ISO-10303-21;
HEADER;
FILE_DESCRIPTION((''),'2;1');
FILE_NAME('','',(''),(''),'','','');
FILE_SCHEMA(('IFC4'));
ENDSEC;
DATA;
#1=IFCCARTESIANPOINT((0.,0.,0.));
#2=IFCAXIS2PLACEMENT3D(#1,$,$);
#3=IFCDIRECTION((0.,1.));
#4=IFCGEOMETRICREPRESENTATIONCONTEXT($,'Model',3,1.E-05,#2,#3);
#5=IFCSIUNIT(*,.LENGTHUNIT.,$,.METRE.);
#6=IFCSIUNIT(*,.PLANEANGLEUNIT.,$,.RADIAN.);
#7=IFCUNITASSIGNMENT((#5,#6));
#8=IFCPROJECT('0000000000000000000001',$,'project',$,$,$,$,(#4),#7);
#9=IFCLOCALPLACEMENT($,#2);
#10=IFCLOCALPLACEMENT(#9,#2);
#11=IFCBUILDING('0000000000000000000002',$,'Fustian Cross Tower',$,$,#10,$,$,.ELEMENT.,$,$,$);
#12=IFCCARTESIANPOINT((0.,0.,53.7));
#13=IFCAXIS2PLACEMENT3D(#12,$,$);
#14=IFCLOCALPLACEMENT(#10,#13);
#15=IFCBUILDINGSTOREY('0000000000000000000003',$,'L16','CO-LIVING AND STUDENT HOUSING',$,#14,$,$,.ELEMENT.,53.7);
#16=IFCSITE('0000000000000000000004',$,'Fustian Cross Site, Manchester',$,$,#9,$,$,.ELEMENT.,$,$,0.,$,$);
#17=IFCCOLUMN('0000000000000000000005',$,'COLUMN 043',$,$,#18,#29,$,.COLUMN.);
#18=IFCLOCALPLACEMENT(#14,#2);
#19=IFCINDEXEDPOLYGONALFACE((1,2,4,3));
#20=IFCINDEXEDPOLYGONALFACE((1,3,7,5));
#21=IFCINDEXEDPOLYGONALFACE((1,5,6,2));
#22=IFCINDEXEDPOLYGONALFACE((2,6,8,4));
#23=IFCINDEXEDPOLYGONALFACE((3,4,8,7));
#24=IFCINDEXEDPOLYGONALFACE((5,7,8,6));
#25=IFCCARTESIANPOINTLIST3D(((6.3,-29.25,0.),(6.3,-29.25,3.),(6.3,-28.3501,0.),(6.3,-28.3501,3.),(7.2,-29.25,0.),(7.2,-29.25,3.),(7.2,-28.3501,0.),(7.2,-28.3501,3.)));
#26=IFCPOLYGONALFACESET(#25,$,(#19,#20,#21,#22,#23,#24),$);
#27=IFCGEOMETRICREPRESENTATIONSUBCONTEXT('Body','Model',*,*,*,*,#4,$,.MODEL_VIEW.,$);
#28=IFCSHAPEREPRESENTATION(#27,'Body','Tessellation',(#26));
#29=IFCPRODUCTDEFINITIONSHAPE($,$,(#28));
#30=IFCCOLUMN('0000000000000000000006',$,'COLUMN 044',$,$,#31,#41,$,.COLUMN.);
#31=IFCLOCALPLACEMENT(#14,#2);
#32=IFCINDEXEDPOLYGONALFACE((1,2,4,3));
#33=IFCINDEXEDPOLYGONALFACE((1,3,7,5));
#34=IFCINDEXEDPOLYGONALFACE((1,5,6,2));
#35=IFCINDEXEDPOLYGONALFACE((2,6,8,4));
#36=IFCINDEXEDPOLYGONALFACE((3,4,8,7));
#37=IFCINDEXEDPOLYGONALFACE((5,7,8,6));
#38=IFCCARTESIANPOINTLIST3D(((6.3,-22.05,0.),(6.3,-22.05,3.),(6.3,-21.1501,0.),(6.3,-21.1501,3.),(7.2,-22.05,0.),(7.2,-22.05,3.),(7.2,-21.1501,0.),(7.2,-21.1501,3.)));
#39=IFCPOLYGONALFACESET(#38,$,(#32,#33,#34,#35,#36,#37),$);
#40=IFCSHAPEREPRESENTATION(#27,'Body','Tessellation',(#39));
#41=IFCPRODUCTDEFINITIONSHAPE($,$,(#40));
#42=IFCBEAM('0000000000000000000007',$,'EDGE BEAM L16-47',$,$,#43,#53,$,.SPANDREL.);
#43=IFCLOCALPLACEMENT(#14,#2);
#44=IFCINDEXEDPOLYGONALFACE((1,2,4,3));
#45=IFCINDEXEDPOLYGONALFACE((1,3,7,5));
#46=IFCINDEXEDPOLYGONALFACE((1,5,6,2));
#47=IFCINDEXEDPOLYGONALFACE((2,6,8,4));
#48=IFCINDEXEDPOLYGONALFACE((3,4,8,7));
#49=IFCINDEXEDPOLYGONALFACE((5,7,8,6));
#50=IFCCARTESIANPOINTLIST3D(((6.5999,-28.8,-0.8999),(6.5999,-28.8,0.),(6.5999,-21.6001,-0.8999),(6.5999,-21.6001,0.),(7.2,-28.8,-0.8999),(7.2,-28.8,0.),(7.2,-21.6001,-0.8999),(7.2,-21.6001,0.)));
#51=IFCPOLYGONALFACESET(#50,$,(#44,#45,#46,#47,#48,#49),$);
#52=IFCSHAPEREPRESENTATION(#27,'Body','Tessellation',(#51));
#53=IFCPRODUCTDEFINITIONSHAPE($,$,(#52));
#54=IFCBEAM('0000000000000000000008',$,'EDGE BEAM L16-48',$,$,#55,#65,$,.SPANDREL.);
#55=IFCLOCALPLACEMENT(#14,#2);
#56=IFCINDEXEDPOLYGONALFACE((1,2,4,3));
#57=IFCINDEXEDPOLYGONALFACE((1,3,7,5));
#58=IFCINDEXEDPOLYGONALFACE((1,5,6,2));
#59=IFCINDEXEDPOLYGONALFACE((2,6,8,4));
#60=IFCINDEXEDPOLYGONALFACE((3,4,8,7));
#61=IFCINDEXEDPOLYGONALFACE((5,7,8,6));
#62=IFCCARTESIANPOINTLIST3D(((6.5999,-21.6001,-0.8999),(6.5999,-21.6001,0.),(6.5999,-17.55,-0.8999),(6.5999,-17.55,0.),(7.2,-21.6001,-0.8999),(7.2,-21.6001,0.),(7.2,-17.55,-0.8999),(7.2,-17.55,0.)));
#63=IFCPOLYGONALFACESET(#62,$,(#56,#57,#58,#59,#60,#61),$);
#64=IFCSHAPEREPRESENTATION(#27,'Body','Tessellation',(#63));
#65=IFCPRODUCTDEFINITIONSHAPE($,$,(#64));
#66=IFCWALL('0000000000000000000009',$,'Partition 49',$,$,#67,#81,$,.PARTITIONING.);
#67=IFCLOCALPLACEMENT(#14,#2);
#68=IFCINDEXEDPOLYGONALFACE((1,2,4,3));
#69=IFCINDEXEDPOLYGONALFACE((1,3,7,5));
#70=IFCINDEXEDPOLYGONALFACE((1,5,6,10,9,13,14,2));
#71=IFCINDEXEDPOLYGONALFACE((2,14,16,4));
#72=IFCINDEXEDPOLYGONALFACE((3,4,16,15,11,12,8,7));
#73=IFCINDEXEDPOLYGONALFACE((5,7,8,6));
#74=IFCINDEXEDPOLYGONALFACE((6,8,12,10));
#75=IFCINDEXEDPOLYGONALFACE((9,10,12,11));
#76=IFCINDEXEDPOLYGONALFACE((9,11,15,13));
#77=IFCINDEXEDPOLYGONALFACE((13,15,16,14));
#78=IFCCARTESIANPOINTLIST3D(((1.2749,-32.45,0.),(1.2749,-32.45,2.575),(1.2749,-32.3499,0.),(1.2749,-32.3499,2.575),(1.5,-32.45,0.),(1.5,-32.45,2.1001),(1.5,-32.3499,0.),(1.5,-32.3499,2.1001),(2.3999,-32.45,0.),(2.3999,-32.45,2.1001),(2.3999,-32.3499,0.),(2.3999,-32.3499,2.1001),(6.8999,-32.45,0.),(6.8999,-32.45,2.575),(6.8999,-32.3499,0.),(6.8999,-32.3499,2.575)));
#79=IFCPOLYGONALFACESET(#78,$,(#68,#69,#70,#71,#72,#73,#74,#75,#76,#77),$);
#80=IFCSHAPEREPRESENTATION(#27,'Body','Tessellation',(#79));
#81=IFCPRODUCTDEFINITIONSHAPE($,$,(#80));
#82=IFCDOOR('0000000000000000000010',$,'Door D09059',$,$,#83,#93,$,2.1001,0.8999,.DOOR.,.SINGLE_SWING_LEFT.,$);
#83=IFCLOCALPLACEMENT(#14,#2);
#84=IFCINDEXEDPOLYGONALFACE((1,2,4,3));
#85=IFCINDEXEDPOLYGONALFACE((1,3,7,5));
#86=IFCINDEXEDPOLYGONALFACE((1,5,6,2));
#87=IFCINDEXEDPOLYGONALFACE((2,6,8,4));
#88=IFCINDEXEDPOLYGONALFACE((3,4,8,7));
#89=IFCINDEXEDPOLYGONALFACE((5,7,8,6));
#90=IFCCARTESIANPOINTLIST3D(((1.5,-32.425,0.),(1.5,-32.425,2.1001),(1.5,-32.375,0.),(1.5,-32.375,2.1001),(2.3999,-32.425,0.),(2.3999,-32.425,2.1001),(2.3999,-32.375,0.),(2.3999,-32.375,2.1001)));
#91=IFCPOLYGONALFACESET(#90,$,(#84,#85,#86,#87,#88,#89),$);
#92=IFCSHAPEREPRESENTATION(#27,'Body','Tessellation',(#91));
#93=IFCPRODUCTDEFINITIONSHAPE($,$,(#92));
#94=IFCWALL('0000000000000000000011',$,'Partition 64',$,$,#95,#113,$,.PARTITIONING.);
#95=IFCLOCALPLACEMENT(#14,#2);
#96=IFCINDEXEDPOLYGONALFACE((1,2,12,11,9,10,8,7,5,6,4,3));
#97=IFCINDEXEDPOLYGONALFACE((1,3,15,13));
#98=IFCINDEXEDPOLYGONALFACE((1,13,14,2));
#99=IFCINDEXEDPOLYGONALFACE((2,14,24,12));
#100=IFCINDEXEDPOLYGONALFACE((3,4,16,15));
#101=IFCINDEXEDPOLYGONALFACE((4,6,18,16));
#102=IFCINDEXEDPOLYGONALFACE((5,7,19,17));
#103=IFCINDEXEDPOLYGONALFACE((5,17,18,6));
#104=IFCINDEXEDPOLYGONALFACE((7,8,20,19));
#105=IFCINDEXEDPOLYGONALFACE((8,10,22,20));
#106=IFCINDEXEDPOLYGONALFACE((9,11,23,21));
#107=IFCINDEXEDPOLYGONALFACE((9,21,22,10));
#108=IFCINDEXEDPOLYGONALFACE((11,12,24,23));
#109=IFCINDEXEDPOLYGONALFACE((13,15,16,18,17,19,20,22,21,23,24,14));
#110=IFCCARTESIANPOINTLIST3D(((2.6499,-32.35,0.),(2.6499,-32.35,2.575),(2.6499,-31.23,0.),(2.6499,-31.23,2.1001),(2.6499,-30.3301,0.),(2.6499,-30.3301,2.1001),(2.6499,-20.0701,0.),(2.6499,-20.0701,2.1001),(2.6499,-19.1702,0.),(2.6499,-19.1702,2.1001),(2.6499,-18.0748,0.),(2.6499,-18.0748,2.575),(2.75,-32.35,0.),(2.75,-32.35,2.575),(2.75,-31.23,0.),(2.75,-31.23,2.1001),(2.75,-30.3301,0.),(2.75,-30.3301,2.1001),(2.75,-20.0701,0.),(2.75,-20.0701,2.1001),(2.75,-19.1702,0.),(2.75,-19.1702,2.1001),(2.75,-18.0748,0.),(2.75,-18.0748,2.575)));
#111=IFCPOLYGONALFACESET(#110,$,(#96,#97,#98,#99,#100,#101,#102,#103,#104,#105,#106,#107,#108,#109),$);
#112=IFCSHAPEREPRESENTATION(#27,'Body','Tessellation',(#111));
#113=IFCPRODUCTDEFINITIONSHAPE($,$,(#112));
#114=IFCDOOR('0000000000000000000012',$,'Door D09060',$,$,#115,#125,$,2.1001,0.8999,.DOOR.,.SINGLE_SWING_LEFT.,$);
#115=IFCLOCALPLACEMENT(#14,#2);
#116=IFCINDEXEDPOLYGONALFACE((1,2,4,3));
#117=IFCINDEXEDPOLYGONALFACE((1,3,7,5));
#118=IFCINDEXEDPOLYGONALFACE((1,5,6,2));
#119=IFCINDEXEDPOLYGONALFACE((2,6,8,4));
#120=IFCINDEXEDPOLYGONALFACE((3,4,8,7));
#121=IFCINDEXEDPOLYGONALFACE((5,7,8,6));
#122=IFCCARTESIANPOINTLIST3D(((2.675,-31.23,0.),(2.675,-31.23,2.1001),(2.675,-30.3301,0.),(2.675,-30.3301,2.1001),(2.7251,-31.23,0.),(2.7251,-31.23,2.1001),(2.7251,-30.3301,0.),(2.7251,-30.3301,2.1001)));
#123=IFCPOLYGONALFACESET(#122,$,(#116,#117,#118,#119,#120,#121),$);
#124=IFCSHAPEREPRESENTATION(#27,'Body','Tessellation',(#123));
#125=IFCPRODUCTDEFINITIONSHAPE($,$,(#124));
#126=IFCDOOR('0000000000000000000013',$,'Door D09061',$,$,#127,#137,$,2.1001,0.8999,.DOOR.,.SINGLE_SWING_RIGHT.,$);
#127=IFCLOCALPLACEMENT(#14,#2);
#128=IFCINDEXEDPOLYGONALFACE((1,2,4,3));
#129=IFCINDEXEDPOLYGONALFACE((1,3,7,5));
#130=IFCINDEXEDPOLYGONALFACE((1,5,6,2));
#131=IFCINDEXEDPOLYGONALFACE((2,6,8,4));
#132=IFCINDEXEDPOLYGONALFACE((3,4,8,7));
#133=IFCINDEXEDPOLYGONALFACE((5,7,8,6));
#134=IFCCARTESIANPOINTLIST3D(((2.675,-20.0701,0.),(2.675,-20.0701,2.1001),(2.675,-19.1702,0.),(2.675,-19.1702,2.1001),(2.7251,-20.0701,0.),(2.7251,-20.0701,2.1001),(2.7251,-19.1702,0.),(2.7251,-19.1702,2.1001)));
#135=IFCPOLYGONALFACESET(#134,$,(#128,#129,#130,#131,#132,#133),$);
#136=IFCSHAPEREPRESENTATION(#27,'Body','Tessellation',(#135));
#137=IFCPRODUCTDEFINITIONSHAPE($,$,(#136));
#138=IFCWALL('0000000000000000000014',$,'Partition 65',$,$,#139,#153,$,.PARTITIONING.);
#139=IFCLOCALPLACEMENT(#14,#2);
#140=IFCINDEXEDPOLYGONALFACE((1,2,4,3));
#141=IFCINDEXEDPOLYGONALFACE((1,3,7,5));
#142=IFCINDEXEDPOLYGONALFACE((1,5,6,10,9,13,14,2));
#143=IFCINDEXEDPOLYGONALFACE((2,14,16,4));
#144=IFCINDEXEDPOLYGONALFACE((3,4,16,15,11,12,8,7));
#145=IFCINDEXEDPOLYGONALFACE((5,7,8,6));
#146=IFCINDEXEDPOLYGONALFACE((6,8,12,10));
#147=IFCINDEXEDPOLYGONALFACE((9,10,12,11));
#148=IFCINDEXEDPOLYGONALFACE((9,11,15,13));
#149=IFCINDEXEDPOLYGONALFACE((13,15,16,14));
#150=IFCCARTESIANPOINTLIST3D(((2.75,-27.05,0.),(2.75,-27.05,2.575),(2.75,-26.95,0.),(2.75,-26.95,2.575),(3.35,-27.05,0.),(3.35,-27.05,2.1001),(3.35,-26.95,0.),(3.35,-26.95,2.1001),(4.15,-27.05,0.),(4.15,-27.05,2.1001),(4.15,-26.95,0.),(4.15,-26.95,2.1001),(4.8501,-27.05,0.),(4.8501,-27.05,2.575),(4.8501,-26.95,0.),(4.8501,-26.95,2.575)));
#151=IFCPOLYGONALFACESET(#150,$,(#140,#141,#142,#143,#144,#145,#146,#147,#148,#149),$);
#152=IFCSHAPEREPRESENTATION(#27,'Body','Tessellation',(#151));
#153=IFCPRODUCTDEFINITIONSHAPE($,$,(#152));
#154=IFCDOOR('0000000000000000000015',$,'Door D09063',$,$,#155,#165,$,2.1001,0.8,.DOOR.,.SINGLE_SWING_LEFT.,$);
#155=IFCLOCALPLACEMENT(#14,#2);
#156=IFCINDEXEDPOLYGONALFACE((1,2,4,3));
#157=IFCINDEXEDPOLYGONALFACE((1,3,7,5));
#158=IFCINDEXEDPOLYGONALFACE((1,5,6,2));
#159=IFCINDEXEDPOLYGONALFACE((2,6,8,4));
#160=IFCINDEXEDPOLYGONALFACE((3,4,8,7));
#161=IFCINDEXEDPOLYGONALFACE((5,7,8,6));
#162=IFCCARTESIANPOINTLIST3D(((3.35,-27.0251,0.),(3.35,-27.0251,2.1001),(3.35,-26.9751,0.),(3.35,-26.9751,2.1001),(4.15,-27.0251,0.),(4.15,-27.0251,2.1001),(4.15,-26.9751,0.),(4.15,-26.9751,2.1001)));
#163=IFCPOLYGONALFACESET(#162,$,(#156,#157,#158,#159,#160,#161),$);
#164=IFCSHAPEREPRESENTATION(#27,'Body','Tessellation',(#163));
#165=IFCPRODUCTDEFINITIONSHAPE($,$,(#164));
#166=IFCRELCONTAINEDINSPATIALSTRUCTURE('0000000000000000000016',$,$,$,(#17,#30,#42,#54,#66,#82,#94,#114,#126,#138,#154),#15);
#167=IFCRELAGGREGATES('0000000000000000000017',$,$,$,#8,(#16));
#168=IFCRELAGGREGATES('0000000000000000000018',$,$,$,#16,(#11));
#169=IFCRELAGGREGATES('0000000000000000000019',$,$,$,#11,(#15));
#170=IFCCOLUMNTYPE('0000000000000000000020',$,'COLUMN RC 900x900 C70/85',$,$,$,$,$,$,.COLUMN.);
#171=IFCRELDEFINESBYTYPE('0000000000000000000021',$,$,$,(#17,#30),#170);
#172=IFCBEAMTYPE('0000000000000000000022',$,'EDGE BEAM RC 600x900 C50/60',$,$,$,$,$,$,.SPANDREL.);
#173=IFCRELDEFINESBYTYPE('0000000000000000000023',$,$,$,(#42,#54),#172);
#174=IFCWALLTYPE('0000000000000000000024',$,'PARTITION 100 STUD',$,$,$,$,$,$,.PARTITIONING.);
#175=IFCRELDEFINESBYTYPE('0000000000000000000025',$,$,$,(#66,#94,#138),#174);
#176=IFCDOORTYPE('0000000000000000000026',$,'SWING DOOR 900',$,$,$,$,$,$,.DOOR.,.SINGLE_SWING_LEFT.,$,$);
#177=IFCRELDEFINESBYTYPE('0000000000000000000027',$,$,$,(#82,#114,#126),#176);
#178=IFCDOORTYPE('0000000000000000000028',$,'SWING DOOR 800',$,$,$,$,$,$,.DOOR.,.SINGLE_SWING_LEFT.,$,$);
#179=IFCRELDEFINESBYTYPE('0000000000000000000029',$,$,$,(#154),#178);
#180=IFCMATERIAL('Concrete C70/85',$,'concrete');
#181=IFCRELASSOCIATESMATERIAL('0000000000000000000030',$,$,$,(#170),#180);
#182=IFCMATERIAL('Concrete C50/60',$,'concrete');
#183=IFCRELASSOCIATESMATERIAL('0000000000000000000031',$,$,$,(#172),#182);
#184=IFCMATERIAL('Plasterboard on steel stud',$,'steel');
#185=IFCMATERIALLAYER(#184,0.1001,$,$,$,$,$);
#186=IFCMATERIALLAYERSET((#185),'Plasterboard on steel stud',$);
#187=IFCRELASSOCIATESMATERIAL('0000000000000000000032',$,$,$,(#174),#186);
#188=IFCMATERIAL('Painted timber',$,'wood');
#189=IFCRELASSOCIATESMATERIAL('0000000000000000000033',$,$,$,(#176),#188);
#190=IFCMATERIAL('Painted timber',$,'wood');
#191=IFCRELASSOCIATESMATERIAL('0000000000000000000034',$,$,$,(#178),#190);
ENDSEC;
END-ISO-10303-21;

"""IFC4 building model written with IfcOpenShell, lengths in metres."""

from ifc_helpers import new_model, si_unit, direction, frame, frame_2d, origin, origin_2d, place, context, subcontext, project, spatial, rectangle, extrude, material, layer, layer_set, material_profile, profile_set, type_object, element, fill, save


model = new_model("IFC4")

# Units and contexts
model_context = context("Model", 3, precision=1e-05, world=origin(), true_north=direction((0.0, 1.0)))
body_context = subcontext(model_context, "Body", "Model", "MODEL_VIEW")
ifc_project = project(units=[si_unit("LENGTHUNIT", "METRE"), si_unit("PLANEANGLEUNIT", "RADIAN")], contexts=[model_context])

# Site, building, storey
site_placement = place(None, origin())
site = spatial("IfcSite", under=ifc_project, at=site_placement, Name="Fustian Cross Site, Manchester", CompositionType="ELEMENT", RefElevation=0.0)
building_placement = place(site_placement, origin())
building = spatial("IfcBuilding", under=site, at=building_placement, Name="Fustian Cross Tower", CompositionType="ELEMENT")
storey_placement = place(building_placement, frame((0.0, 0.0, 53.7)))
storey = spatial("IfcBuildingStorey", under=building, at=storey_placement, Name="L16", Description="CO-LIVING AND STUDENT HOUSING", CompositionType="ELEMENT", Elevation=53.7)

# Columns
ifc_material_1 = material(Name="Concrete C70/85", Category="concrete")
ifc_material_profile_1 = material_profile(ifc_material_1, rectangle(XDim=0.8999, YDim=0.8999, at=origin_2d()), Name="RC 900x900")
ifc_profile_set_1 = profile_set([ifc_material_profile_1], Name="Concrete C70/85")
column_type = type_object("IfcColumnType", Name="COLUMN RC 900x900 C70/85", PredefinedType="COLUMN", material=ifc_profile_set_1)
for number, where, z_axis, x_axis, name in (
    (1, (6.75, -28.8, 0.0), (0.0, 0.0, 1.0), (1.0, 0.0, 0.0), "COLUMN 043"),
    (2, (6.75, -21.6001, 0.0), (0.0, 0.0, 1.0), (1.0, 0.0, 0.0), "COLUMN 044"),
):
    element("IfcColumn", number, at=place(storey_placement, frame(where, z_axis=z_axis, x_axis=x_axis)), inside=storey, type_object=column_type, Name=name, PredefinedType="COLUMN", context=body_context, shape_type="SweptSolid", body=[
        extrude(rectangle(XDim=0.8999, YDim=0.8999, at=origin_2d()), origin(), (0.0, 0.0, 1.0), 3.0),
    ])

# Beams
ifc_material_2 = material(Name="Concrete C50/60", Category="concrete")
ifc_material_profile_2 = material_profile(ifc_material_2, rectangle(XDim=0.6001, YDim=0.8999, at=origin_2d()), Name="RC 600x900")
ifc_profile_set_2 = profile_set([ifc_material_profile_2], Name="Concrete C50/60")
beam_type = type_object("IfcBeamType", Name="EDGE BEAM RC 600x900 C50/60", PredefinedType="SPANDREL", material=ifc_profile_set_2)
beam_1_placement = place(storey_placement, frame((6.8999, -28.8, -0.45), z_axis=(0.0, 1.0, 0.0), x_axis=(-1.0, 0.0, 0.0)))
element("IfcBeam", 3, at=beam_1_placement, inside=storey, type_object=beam_type, Name="EDGE BEAM L16-47", PredefinedType="SPANDREL", context=body_context, shape_type="SweptSolid", body=[
    extrude(rectangle(XDim=0.6001, YDim=0.8999, at=origin_2d()), origin(), (0.0, 0.0, 1.0), 7.2),
])
beam_2_placement = place(storey_placement, frame((6.8999, -21.6001, -0.45), z_axis=(0.0, 1.0, 0.0), x_axis=(-1.0, 0.0, 0.0)))
element("IfcBeam", 4, at=beam_2_placement, inside=storey, type_object=beam_type, Name="EDGE BEAM L16-48", PredefinedType="SPANDREL", context=body_context, shape_type="SweptSolid", body=[
    extrude(rectangle(XDim=0.6001, YDim=0.8999, at=origin_2d()), origin(), (0.0, 0.0, 1.0), 4.05),
])

# Wall, opening, door
ifc_material_3 = material(Name="Plasterboard on steel stud", Category="steel")
ifc_layer = layer(ifc_material_3, 0.1001)
ifc_layer_set = layer_set([ifc_layer], Name="Plasterboard on steel stud")
wall_type = type_object("IfcWallType", Name="PARTITION 100 STUD", PredefinedType="PARTITIONING", material=ifc_layer_set)
wall_1_placement = place(storey_placement, frame((1.2749, -32.3999, 0.0), z_axis=(0.0, 0.0, 1.0), x_axis=(1.0, 0.0, 0.0)))
wall_1 = element("IfcWall", 5, at=wall_1_placement, inside=storey, type_object=wall_type, Name="Partition 49", PredefinedType="PARTITIONING", context=body_context, shape_type="SweptSolid", body=[
    extrude(rectangle(XDim=5.625, YDim=0.1001, at=frame_2d((2.8125, 0.0))), origin(), (0.0, 0.0, 1.0), 2.575),
])
opening_1_placement = place(wall_1_placement, frame((0.2251, 0.0, 0.0)))
opening_1 = element("IfcOpeningElement", 6, at=opening_1_placement, cuts=wall_1, PredefinedType="OPENING", context=body_context, shape_type="SweptSolid", body=[
    extrude(rectangle(XDim=0.8999, YDim=2.1001, at=frame_2d((0.45, 1.05))), frame((0.0, 0.0601, 0.0), z_axis=(0.0, -1.0, 0.0), x_axis=(1.0, 0.0, 0.0)), (0.0, 0.0, 1.0), 0.1201),
])
ifc_material_4 = material(Name="Painted timber", Category="wood")
door_type_1 = type_object("IfcDoorType", Name="SWING DOOR 900", OperationType="SINGLE_SWING_LEFT", PredefinedType="DOOR", material=ifc_material_4)
door_1_placement = place(opening_1_placement, origin())
door_1 = element("IfcDoor", 7, at=door_1_placement, inside=storey, type_object=door_type_1, Name="Door D09059", OperationType="SINGLE_SWING_LEFT", OverallHeight=2.1001, OverallWidth=0.8999, PredefinedType="DOOR", context=body_context, shape_type="SweptSolid", body=[
    extrude(rectangle(XDim=0.8999, YDim=2.1001, at=frame_2d((0.45, 1.05))), frame((0.0, 0.0249, 0.0), z_axis=(0.0, -1.0, 0.0), x_axis=(1.0, 0.0, 0.0)), (0.0, 0.0, 1.0), 0.05),
])
fill(opening_1, door_1)

# Wall, openings, doors
wall_2_placement = place(storey_placement, frame((2.7, -32.3501, 0.0), z_axis=(0.0, 0.0, 1.0), x_axis=(0.0, 1.0, 0.0)))
wall_2 = element("IfcWall", 8, at=wall_2_placement, inside=storey, type_object=wall_type, Name="Partition 64", PredefinedType="PARTITIONING", context=body_context, shape_type="SweptSolid", body=[
    extrude(rectangle(XDim=14.2751, YDim=0.1001, at=frame_2d((7.1377, 0.0))), origin(), (0.0, 0.0, 1.0), 2.575),
])
opening_2_placement = place(wall_2_placement, frame((1.1201, 0.0, 0.0)))
opening_2 = element("IfcOpeningElement", 9, at=opening_2_placement, cuts=wall_2, PredefinedType="OPENING", context=body_context, shape_type="SweptSolid", body=[
    extrude(rectangle(XDim=0.8999, YDim=2.1001, at=frame_2d((0.45, 1.05))), frame((0.0, 0.0601, 0.0), z_axis=(0.0, -1.0, 0.0), x_axis=(1.0, 0.0, 0.0)), (0.0, 0.0, 1.0), 0.1201),
])
opening_3_placement = place(wall_2_placement, frame((12.28, 0.0, 0.0)))
opening_3 = element("IfcOpeningElement", 10, at=opening_3_placement, cuts=wall_2, PredefinedType="OPENING", context=body_context, shape_type="SweptSolid", body=[
    extrude(rectangle(XDim=0.8999, YDim=2.1001, at=frame_2d((0.45, 1.05))), frame((0.0, 0.0601, 0.0), z_axis=(0.0, -1.0, 0.0), x_axis=(1.0, 0.0, 0.0)), (0.0, 0.0, 1.0), 0.1201),
])
door_2_placement = place(opening_2_placement, origin())
door_2 = element("IfcDoor", 11, at=door_2_placement, inside=storey, type_object=door_type_1, Name="Door D09060", OperationType="SINGLE_SWING_LEFT", OverallHeight=2.1001, OverallWidth=0.8999, PredefinedType="DOOR", context=body_context, shape_type="SweptSolid", body=[
    extrude(rectangle(XDim=0.8999, YDim=2.1001, at=frame_2d((0.45, 1.05))), frame((0.0, 0.0249, 0.0), z_axis=(0.0, -1.0, 0.0), x_axis=(1.0, 0.0, 0.0)), (0.0, 0.0, 1.0), 0.05),
])
fill(opening_2, door_2)
door_3_placement = place(opening_3_placement, origin())
door_3 = element("IfcDoor", 12, at=door_3_placement, inside=storey, type_object=door_type_1, Name="Door D09061", OperationType="SINGLE_SWING_RIGHT", OverallHeight=2.1001, OverallWidth=0.8999, PredefinedType="DOOR", context=body_context, shape_type="SweptSolid", body=[
    extrude(rectangle(XDim=0.8999, YDim=2.1001, at=frame_2d((0.45, 1.05))), frame((0.0, 0.0249, 0.0), z_axis=(0.0, -1.0, 0.0), x_axis=(1.0, 0.0, 0.0)), (0.0, 0.0, 1.0), 0.05),
])
fill(opening_3, door_3)

# Wall, opening, door
wall_3_placement = place(storey_placement, frame((2.75, -27.0, 0.0), z_axis=(0.0, 0.0, 1.0), x_axis=(1.0, 0.0, 0.0)))
wall_3 = element("IfcWall", 13, at=wall_3_placement, inside=storey, type_object=wall_type, Name="Partition 65", PredefinedType="PARTITIONING", context=body_context, shape_type="SweptSolid", body=[
    extrude(rectangle(XDim=2.1001, YDim=0.1001, at=frame_2d((1.05, 0.0))), origin(), (0.0, 0.0, 1.0), 2.575),
])
opening_4_placement = place(wall_3_placement, frame((0.6001, 0.0, 0.0)))
opening_4 = element("IfcOpeningElement", 14, at=opening_4_placement, cuts=wall_3, PredefinedType="OPENING", context=body_context, shape_type="SweptSolid", body=[
    extrude(rectangle(XDim=0.8, YDim=2.1001, at=frame_2d((0.3999, 1.05))), frame((0.0, 0.0601, 0.0), z_axis=(0.0, -1.0, 0.0), x_axis=(1.0, 0.0, 0.0)), (0.0, 0.0, 1.0), 0.1201),
])
ifc_material_5 = material(Name="Painted timber", Category="wood")
door_type_2 = type_object("IfcDoorType", Name="SWING DOOR 800", OperationType="SINGLE_SWING_LEFT", PredefinedType="DOOR", material=ifc_material_5)
door_4_placement = place(opening_4_placement, origin())
door_4 = element("IfcDoor", 15, at=door_4_placement, inside=storey, type_object=door_type_2, Name="Door D09063", OperationType="SINGLE_SWING_LEFT", OverallHeight=2.1001, OverallWidth=0.8, PredefinedType="DOOR", context=body_context, shape_type="SweptSolid", body=[
    extrude(rectangle(XDim=0.8, YDim=2.1001, at=frame_2d((0.3999, 1.05))), frame((0.0, 0.0249, 0.0), z_axis=(0.0, -1.0, 0.0), x_axis=(1.0, 0.0, 0.0)), (0.0, 0.0, 1.0), 0.05),
])
fill(opening_4, door_4)

save(model, "model.ifc")
